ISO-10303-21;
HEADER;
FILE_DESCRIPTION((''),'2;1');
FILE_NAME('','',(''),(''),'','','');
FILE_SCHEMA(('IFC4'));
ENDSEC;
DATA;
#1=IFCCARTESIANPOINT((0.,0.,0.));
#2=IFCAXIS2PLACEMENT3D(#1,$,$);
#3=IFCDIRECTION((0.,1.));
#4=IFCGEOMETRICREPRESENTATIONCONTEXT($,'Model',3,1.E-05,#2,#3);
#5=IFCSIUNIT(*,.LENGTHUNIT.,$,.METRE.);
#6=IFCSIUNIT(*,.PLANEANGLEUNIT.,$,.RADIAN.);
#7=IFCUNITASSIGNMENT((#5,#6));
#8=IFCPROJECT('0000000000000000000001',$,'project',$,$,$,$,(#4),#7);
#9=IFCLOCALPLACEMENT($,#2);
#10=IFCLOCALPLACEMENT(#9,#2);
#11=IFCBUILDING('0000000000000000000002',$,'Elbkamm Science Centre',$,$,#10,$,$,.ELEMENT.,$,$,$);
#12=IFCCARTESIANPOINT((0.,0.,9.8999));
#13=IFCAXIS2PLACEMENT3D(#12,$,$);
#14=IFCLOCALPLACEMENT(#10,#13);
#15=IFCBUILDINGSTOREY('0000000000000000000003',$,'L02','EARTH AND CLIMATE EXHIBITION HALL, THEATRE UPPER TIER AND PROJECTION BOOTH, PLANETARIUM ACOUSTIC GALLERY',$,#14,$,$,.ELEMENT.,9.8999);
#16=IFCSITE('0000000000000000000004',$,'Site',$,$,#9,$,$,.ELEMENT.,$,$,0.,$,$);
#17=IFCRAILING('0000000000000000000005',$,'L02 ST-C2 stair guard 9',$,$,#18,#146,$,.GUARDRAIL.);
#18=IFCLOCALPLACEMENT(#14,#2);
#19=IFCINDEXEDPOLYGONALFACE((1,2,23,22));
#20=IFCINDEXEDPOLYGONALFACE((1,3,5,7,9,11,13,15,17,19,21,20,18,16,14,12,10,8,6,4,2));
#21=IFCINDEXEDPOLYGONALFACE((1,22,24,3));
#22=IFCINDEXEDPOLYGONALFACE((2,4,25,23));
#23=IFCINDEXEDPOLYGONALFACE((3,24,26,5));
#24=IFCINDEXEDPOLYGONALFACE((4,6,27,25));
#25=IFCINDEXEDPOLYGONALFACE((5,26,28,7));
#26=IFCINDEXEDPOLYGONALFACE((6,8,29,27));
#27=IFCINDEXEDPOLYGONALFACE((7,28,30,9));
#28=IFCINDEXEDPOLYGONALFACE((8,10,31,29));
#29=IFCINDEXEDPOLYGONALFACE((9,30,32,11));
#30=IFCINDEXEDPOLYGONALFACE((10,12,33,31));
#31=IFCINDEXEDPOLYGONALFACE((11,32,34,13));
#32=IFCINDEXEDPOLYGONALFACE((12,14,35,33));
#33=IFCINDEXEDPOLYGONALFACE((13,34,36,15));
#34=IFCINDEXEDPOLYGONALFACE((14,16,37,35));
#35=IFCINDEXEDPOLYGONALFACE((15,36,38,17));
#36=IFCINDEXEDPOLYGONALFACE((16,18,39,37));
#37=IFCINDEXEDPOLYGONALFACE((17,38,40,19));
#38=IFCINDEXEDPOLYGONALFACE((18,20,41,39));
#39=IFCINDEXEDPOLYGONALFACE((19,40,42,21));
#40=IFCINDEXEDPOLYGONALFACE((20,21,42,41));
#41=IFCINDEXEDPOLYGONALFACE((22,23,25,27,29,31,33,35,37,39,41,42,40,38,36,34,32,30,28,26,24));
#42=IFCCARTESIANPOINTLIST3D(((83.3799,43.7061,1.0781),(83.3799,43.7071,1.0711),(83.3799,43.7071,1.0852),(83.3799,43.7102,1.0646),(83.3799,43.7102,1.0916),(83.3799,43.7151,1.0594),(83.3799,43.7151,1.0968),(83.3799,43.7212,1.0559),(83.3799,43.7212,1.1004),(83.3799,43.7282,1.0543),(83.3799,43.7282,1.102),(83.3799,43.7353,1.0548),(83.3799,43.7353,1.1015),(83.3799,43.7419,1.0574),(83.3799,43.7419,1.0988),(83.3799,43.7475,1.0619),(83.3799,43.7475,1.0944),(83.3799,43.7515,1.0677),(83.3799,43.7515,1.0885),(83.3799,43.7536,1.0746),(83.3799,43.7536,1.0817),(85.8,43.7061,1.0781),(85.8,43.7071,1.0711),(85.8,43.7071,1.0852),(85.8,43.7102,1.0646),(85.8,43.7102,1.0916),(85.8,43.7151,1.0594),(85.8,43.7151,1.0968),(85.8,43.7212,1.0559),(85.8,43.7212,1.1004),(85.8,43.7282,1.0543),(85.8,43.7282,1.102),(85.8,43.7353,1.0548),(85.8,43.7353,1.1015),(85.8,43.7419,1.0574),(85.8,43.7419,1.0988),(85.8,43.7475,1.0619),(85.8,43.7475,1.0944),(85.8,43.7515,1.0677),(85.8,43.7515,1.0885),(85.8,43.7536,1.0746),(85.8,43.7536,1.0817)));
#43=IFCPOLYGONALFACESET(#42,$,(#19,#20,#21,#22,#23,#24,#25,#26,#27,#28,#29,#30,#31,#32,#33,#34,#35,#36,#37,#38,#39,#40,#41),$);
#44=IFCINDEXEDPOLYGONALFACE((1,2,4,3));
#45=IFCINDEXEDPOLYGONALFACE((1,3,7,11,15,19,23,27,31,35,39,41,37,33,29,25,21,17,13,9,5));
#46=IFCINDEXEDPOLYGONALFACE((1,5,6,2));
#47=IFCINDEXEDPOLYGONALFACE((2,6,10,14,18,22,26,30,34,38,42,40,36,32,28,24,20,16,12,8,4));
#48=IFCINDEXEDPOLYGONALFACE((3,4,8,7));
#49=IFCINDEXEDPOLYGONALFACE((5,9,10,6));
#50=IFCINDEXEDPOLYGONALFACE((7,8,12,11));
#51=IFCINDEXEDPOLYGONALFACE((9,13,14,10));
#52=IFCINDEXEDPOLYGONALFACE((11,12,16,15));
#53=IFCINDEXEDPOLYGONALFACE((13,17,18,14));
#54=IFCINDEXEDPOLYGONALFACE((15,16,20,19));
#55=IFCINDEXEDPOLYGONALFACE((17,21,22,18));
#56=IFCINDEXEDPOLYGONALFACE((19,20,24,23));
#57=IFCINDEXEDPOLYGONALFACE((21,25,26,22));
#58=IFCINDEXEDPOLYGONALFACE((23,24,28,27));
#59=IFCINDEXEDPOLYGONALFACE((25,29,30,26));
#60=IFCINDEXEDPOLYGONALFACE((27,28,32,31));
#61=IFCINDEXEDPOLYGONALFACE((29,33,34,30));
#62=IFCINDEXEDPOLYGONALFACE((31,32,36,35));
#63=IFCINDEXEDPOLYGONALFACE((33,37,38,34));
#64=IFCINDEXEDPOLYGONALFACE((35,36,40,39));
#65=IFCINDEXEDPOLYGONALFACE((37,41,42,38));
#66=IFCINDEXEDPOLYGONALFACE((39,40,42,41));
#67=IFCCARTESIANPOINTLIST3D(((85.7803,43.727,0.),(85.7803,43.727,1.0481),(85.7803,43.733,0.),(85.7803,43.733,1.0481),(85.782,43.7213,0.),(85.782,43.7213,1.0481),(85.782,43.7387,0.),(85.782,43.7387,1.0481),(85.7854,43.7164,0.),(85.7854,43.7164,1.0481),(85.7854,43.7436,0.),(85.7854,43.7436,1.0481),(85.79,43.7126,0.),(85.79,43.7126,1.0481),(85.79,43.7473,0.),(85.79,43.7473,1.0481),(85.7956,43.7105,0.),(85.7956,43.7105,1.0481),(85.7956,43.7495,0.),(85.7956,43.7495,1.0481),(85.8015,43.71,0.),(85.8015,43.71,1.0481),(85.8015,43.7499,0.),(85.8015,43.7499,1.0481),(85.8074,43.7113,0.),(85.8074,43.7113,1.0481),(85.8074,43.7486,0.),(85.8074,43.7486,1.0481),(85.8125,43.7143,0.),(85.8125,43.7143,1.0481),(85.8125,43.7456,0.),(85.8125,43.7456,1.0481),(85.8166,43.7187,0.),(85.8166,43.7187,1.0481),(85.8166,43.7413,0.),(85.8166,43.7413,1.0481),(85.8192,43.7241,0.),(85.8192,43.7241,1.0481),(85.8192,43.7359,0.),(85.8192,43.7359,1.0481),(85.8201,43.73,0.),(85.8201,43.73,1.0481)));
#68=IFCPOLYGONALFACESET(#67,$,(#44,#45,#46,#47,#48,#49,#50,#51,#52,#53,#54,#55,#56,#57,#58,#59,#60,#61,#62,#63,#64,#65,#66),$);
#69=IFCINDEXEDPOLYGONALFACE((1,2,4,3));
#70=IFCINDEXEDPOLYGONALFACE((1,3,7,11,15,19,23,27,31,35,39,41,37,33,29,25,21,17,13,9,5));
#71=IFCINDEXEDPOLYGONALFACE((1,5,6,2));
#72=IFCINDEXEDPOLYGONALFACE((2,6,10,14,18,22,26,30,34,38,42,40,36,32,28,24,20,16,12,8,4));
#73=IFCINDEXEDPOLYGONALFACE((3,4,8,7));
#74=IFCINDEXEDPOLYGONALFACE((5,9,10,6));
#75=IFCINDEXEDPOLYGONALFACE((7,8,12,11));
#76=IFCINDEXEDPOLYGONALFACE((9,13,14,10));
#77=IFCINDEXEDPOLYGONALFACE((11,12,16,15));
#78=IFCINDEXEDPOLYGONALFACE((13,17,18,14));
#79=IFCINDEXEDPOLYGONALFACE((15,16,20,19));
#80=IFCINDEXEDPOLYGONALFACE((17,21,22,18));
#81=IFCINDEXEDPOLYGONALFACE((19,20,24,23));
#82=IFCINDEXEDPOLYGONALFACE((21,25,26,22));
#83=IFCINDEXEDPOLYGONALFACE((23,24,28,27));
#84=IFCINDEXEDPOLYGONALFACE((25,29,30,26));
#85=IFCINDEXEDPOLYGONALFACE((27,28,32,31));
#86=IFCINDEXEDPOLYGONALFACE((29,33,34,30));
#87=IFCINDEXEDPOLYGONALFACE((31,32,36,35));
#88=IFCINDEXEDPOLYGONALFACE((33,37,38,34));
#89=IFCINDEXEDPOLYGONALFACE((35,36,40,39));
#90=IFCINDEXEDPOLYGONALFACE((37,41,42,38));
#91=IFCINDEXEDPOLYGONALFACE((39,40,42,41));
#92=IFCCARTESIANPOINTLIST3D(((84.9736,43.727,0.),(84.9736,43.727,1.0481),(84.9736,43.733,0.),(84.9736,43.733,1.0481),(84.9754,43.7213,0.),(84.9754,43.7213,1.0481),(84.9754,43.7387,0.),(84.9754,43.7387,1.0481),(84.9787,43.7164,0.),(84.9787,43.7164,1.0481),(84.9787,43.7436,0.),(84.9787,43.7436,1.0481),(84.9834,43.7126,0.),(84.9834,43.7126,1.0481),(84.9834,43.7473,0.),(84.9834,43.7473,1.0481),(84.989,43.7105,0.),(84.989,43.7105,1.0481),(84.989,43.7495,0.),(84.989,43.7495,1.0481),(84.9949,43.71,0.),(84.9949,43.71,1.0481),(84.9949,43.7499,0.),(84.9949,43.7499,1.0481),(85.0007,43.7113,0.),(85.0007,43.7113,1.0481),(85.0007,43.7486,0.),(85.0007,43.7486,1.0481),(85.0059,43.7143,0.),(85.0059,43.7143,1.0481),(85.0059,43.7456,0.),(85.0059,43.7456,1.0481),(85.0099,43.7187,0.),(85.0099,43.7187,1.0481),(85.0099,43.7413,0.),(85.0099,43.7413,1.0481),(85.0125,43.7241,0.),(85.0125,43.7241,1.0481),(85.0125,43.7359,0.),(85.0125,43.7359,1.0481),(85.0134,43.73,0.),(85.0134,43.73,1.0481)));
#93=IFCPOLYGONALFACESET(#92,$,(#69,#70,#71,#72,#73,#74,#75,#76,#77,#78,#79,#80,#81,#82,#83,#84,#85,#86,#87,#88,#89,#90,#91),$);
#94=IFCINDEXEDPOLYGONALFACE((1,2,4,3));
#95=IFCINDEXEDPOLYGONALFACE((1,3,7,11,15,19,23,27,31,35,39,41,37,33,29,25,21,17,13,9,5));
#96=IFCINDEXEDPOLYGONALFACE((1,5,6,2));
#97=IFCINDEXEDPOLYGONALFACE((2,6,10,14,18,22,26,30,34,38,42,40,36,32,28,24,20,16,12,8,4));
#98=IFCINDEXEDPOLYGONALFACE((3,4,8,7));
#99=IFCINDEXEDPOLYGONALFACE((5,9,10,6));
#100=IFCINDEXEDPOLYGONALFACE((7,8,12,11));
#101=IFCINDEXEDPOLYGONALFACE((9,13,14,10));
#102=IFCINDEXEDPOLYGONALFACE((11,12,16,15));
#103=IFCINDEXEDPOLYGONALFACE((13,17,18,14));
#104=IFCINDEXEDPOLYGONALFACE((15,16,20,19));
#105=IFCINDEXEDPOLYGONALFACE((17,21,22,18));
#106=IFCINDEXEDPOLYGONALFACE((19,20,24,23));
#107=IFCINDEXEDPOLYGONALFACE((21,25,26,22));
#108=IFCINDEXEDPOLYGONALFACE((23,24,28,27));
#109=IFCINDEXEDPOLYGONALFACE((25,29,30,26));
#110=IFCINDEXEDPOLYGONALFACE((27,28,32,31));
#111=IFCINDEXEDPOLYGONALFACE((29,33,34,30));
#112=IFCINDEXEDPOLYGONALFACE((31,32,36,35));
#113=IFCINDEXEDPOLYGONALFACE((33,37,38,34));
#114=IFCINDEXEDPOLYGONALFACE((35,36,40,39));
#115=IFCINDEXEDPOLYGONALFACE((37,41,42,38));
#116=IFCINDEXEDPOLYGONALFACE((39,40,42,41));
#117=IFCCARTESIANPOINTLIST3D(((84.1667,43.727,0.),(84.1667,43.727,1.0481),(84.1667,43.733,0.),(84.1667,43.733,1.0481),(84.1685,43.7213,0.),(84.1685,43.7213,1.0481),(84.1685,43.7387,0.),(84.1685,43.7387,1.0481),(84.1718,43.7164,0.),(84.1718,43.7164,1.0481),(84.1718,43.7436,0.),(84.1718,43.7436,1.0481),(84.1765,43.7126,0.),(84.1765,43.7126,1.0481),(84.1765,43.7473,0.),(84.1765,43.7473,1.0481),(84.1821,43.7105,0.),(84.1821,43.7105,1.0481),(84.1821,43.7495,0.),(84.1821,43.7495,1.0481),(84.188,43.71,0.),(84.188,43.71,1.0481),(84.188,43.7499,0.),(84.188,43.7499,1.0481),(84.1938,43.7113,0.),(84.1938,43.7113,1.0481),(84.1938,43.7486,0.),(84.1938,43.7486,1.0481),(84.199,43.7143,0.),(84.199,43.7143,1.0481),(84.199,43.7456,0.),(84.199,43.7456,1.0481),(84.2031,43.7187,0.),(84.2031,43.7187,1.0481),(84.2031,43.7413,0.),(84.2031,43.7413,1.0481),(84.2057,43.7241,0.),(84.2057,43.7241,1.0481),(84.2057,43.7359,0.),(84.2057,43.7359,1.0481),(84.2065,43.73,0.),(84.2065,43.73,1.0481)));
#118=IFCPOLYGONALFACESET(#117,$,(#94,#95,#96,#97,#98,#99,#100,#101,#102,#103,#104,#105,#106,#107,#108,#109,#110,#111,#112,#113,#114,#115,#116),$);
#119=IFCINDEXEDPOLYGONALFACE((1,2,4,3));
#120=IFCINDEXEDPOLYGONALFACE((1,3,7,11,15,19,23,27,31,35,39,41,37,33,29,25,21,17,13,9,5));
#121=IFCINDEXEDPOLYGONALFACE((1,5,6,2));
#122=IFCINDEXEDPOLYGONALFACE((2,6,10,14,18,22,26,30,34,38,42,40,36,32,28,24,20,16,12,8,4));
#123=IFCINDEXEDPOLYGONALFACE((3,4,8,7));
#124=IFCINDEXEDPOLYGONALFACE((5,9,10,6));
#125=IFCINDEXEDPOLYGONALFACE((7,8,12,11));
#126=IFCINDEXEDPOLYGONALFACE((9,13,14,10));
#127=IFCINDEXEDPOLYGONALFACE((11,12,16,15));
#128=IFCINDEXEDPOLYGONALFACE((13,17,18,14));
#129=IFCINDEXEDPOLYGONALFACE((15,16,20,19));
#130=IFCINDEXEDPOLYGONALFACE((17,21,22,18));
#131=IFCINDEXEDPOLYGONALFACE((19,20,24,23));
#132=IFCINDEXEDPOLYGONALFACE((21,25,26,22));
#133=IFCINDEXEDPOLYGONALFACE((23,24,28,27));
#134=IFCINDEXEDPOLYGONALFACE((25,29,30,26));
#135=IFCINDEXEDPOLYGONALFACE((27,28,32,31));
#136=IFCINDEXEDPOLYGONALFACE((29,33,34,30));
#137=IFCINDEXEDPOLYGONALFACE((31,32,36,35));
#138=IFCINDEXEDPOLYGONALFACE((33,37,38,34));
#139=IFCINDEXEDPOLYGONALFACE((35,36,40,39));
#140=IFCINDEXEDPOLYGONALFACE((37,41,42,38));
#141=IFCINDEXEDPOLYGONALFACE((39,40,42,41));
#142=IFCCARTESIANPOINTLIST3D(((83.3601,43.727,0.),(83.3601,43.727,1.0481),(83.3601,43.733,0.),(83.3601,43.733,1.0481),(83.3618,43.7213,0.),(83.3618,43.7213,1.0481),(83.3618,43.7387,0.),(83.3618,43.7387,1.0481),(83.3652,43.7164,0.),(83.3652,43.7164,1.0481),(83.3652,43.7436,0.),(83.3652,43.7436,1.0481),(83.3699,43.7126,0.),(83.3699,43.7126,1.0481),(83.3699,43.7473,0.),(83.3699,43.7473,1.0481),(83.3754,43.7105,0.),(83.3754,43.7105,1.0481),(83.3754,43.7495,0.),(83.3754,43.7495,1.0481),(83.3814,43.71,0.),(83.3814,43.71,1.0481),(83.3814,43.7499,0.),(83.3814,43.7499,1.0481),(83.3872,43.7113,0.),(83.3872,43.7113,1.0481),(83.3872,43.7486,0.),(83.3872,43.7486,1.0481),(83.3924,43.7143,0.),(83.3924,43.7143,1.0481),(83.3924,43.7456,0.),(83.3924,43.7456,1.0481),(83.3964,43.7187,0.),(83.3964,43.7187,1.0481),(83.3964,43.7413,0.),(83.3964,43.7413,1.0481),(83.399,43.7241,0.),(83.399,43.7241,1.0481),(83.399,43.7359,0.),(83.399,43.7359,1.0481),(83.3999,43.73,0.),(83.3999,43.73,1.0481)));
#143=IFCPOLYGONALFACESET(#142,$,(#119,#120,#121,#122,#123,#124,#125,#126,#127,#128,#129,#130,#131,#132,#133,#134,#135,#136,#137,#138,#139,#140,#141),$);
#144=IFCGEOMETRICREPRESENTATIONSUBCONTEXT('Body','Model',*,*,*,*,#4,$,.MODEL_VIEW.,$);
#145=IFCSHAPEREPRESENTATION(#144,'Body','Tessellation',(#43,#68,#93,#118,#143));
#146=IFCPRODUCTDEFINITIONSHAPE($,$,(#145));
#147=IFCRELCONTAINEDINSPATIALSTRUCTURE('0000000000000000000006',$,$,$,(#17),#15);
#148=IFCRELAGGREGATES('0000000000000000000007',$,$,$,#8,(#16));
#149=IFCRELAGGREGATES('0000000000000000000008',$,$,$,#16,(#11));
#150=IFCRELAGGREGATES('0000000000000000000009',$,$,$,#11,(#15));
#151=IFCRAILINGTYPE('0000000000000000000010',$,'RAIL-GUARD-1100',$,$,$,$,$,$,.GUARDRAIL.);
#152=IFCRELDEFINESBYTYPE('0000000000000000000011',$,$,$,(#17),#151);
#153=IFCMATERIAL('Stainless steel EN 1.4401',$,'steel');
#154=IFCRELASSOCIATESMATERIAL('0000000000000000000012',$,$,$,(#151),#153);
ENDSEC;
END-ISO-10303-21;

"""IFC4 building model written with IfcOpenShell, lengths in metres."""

from ifc_helpers import new_model, si_unit, direction, frame, origin, origin_2d, place, context, subcontext, project, spatial, circle, extrude, material, type_object, element, save


model = new_model("IFC4")

# Units and contexts
model_context = context("Model", 3, precision=1e-05, world=origin(), true_north=direction((0.0, 1.0)))
body_context = subcontext(model_context, "Body", "Model", "MODEL_VIEW")
ifc_project = project(units=[si_unit("LENGTHUNIT", "METRE"), si_unit("PLANEANGLEUNIT", "RADIAN")], contexts=[model_context])

# Site, building, storey
site_placement = place(None, origin())
site = spatial("IfcSite", under=ifc_project, at=site_placement, Name="Site", CompositionType="ELEMENT", RefElevation=0.0)
building_placement = place(site_placement, origin())
building = spatial("IfcBuilding", under=site, at=building_placement, Name="Elbkamm Science Centre", CompositionType="ELEMENT")
storey_placement = place(building_placement, frame((0.0, 0.0, 9.8999)))
storey = spatial("IfcBuildingStorey", under=building, at=storey_placement, Name="L02", Description="EARTH AND CLIMATE EXHIBITION HALL, THEATRE UPPER TIER AND PROJECTION BOOTH, PLANETARIUM ACOUSTIC GALLERY", CompositionType="ELEMENT", Elevation=9.8999)

# Railing
ifc_material_1 = material(Name="Stainless steel EN 1.4401", Category="steel")
railing_type_1 = type_object("IfcRailingType", Name="RAIL-GUARD-1100", PredefinedType="GUARDRAIL", material=ifc_material_1)
railing_1_placement = place(storey_placement, frame((85.8, 43.73, 0.0)))
element("IfcRailing", 1, at=railing_1_placement, inside=storey, type_object=railing_type_1, Name="L02 ST-C2 stair guard 9", PredefinedType="GUARDRAIL", context=body_context, shape_type="SweptSolid", body=[
    extrude(circle(Radius=0.0239, at=origin_2d()), frame((0.0, 0.0, 1.0781), z_axis=(-1.0, 0.0, 0.0), x_axis=(0.0, -1.0, 0.0)), (0.0, 0.0, 1.0), 2.4202),
    extrude(circle(Radius=0.02, at=origin_2d()), origin(), (0.0, 0.0, 1.0), 1.0481),
    extrude(circle(Radius=0.02, at=origin_2d()), frame((-0.8066, 0.0, 0.0)), (0.0, 0.0, 1.0), 1.0481),
    extrude(circle(Radius=0.02, at=origin_2d()), frame((-1.6135, 0.0, 0.0)), (0.0, 0.0, 1.0), 1.0481),
    extrude(circle(Radius=0.02, at=origin_2d()), frame((-2.4202, 0.0, 0.0)), (0.0, 0.0, 1.0), 1.0481),
])

save(model, "model.ifc")
